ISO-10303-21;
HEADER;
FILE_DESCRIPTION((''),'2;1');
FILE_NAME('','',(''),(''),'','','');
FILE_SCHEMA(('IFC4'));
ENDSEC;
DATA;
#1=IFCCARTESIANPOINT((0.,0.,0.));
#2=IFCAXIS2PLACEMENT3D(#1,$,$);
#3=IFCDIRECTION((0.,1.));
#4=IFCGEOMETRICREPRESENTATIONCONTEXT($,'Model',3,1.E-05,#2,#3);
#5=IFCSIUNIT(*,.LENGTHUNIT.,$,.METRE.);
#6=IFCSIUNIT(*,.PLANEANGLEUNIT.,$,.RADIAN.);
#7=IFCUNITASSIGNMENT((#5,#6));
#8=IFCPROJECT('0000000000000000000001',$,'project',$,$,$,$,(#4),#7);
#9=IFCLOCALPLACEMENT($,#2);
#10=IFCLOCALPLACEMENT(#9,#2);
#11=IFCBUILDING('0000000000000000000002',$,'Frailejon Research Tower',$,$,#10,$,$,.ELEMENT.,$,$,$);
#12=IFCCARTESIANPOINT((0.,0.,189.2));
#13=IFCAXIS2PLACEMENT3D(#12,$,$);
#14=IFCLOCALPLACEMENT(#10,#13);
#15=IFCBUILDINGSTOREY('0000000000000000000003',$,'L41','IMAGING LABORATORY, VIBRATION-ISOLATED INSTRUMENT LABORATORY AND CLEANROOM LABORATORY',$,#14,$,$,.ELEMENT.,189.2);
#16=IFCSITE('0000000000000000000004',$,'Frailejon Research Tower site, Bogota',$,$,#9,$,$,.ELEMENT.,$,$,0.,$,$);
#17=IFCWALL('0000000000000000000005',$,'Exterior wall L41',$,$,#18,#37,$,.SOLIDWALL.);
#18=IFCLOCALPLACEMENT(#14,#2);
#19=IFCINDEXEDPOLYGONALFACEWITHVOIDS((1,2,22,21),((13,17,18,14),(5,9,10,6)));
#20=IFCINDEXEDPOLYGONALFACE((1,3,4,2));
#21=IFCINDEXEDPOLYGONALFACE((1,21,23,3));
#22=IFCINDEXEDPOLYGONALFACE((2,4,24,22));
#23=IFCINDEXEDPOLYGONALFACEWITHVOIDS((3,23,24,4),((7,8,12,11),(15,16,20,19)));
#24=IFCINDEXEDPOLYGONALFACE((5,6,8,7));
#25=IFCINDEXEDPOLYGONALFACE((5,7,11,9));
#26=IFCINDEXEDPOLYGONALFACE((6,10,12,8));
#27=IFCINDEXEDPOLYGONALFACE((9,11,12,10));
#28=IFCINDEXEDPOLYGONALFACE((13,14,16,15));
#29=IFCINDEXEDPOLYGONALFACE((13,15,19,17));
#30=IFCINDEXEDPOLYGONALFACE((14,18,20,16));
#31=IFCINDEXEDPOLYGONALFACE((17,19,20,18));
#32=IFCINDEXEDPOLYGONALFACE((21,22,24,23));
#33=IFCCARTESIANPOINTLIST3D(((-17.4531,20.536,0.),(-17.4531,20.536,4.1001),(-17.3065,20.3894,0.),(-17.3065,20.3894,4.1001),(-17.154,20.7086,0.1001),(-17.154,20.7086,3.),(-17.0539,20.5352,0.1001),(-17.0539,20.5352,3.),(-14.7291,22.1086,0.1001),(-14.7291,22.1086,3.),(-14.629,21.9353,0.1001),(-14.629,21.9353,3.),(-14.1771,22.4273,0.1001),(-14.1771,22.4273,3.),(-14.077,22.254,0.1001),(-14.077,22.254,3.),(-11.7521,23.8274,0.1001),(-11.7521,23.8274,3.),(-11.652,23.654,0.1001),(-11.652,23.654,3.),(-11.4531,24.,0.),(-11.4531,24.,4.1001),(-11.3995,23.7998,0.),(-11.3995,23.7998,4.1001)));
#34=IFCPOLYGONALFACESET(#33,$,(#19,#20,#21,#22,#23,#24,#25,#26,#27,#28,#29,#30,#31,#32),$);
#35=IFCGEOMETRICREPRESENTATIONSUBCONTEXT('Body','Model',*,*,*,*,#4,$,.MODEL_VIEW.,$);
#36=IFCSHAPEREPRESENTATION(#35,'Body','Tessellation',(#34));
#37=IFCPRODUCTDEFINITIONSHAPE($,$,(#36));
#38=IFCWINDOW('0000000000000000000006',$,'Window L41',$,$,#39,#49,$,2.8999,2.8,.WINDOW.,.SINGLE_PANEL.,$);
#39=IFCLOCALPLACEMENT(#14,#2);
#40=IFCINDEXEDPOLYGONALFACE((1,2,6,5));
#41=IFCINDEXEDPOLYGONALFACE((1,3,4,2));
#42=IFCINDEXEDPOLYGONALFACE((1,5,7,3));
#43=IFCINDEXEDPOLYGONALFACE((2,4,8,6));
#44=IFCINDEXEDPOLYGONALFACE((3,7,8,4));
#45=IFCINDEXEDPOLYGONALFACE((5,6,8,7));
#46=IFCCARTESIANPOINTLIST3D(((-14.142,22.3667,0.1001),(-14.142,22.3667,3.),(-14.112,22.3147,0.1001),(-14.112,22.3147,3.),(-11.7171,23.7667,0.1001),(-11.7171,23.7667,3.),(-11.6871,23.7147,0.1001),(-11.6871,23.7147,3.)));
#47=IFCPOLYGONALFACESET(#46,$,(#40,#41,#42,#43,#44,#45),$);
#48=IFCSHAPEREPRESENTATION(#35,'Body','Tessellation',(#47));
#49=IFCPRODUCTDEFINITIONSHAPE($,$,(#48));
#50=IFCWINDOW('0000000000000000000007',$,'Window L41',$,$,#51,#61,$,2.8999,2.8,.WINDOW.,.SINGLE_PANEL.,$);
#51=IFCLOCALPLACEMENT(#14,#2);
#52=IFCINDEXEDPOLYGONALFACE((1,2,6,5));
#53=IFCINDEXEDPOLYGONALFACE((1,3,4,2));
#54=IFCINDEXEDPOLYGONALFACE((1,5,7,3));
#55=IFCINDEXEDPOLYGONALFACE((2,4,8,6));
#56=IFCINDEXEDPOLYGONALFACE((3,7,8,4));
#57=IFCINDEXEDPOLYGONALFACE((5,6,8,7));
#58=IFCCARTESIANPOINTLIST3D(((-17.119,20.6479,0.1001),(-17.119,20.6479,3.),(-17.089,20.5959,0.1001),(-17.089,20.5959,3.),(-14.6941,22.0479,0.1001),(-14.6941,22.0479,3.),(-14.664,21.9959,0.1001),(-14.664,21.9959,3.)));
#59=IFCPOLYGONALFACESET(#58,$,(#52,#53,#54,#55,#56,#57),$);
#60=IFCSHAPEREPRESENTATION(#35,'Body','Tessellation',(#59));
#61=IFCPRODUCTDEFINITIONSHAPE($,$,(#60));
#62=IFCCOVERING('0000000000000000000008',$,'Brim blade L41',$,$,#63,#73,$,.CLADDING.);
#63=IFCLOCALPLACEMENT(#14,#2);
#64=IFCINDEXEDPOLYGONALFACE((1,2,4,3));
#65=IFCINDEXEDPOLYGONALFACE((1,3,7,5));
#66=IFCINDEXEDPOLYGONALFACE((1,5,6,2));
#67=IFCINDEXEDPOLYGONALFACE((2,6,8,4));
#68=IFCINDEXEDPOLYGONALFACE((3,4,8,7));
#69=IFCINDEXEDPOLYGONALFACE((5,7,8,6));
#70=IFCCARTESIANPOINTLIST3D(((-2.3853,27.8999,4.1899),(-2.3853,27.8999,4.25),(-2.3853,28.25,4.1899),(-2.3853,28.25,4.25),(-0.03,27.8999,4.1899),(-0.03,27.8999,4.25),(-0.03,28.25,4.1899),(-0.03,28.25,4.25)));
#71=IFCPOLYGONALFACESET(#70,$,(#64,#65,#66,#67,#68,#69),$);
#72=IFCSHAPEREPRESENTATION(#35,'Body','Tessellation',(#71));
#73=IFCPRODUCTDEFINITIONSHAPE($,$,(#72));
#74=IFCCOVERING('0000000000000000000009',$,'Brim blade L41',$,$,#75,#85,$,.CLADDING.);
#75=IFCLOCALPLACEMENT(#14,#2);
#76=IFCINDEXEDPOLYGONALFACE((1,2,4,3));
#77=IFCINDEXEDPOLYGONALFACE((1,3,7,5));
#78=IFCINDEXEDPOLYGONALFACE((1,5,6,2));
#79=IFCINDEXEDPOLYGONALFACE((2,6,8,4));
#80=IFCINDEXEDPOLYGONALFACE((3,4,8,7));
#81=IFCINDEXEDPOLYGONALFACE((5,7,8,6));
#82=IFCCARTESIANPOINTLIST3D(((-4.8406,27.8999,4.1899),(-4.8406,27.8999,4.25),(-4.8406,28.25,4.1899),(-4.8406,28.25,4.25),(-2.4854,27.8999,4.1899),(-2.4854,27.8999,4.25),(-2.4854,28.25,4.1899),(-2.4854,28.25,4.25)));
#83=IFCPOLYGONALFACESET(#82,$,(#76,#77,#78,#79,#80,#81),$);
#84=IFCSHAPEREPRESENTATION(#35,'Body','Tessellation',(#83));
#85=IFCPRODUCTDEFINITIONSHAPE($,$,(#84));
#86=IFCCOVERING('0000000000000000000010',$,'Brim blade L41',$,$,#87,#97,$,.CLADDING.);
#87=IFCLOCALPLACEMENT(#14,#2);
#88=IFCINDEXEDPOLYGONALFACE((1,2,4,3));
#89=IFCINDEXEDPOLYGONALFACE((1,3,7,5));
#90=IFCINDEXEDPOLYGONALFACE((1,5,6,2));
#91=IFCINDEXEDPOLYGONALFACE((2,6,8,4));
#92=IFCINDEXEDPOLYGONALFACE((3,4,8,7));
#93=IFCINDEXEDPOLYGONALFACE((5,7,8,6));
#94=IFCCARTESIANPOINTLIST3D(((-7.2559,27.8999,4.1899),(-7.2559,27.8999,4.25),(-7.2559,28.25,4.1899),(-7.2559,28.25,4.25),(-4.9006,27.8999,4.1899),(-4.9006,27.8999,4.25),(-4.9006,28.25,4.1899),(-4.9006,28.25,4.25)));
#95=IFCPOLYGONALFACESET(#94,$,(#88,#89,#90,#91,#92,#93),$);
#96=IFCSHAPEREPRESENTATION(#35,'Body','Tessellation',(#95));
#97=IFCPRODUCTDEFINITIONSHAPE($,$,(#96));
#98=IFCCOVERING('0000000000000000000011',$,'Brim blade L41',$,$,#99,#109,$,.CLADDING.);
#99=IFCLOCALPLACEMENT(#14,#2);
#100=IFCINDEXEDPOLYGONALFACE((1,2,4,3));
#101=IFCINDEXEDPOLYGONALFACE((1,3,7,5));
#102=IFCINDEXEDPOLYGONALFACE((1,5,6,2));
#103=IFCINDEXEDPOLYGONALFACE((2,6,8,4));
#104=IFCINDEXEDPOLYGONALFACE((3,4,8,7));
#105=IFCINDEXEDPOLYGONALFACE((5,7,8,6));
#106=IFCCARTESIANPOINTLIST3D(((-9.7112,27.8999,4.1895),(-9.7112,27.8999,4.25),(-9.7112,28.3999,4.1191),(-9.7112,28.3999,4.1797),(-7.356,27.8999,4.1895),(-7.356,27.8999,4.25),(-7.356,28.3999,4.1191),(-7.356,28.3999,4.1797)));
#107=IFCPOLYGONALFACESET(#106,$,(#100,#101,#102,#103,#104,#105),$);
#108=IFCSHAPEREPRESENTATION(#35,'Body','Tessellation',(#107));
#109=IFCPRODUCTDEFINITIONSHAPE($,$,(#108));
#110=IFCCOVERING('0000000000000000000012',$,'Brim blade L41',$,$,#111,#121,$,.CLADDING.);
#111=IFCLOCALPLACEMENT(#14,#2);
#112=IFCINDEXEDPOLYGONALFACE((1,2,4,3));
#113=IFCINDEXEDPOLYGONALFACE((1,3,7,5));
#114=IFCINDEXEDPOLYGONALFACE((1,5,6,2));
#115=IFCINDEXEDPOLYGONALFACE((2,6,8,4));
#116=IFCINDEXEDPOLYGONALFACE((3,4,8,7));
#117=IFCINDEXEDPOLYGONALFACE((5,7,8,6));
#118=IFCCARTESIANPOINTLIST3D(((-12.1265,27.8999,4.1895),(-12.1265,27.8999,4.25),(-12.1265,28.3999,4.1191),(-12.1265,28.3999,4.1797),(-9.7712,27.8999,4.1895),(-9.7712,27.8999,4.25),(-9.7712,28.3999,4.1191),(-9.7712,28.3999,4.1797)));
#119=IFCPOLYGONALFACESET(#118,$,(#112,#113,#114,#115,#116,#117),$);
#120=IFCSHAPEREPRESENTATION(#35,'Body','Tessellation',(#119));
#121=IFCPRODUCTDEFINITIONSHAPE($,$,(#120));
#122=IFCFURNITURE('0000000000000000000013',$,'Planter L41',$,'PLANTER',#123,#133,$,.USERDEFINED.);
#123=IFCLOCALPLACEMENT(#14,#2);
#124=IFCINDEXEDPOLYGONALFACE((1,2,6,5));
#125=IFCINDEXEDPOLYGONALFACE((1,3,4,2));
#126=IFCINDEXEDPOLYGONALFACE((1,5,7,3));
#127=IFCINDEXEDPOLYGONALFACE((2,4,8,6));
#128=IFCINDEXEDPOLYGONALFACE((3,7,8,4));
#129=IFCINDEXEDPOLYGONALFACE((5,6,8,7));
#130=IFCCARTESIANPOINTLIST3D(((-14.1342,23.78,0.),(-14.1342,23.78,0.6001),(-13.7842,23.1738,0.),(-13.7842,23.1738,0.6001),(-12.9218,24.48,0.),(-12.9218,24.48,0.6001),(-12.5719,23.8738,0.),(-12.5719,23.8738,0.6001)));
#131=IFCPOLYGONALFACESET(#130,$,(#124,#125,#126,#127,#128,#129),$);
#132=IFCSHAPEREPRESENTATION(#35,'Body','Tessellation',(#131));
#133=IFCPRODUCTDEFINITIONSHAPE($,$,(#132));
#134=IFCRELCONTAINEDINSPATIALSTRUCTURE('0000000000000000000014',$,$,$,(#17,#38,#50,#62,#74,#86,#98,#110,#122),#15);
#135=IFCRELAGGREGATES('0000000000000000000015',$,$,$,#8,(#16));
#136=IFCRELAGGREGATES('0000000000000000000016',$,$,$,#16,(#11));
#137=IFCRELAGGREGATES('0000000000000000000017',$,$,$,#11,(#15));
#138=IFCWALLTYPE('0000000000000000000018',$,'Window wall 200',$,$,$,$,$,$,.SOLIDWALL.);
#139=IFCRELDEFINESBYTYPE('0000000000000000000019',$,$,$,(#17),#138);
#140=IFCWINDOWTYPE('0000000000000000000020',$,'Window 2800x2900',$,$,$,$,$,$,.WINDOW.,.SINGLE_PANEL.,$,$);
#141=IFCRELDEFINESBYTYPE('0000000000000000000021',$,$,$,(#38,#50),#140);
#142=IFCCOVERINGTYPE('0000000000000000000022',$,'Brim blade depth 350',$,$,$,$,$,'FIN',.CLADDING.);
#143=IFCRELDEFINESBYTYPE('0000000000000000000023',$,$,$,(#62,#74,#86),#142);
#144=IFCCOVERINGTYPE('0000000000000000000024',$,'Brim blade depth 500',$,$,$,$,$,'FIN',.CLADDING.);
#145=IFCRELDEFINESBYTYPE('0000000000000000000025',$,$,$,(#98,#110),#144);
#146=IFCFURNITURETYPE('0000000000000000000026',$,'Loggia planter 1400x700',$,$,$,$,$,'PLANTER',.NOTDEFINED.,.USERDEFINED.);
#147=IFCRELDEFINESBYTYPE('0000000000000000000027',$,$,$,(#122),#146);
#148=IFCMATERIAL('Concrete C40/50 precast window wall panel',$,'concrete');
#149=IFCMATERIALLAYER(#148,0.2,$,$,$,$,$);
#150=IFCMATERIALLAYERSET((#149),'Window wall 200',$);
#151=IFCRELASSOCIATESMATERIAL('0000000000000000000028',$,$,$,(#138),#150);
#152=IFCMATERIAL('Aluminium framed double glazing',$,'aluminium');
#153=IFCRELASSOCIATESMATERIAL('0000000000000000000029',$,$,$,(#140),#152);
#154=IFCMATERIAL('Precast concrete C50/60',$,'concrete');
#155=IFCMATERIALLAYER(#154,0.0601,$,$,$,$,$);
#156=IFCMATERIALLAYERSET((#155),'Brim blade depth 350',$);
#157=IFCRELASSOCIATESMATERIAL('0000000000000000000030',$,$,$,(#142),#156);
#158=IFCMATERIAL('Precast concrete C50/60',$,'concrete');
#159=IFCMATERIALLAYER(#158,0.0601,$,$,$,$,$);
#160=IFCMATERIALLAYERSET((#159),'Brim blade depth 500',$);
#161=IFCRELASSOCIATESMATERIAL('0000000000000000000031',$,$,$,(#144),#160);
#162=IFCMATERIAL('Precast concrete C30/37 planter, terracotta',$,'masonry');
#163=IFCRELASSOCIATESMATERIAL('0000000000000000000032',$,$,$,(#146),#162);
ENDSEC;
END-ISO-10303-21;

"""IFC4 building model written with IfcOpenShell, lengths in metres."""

from ifc_helpers import new_model, si_unit, direction, frame, frame_2d, origin, origin_2d, place, context, subcontext, project, spatial, polyline, rectangle, outline, extrude, material, layer, layer_set, type_object, element, fill, save


model = new_model("IFC4")

# Units and contexts
model_context = context("Model", 3, precision=1e-05, world=origin(), true_north=direction((0.0, 1.0)))
body_context = subcontext(model_context, "Body", "Model", "MODEL_VIEW")
ifc_project = project(units=[si_unit("LENGTHUNIT", "METRE"), si_unit("PLANEANGLEUNIT", "RADIAN")], contexts=[model_context])

# Site, building, storey
site_placement = place(None, origin())
site = spatial("IfcSite", under=ifc_project, at=site_placement, Name="Frailejon Research Tower site, Bogota", CompositionType="ELEMENT", RefElevation=0.0)
building_placement = place(site_placement, origin())
building = spatial("IfcBuilding", under=site, at=building_placement, Name="Frailejon Research Tower", CompositionType="ELEMENT")
storey_placement = place(building_placement, frame((0.0, 0.0, 189.2)))
storey = spatial("IfcBuildingStorey", under=building, at=storey_placement, Name="L41", Description="IMAGING LABORATORY, VIBRATION-ISOLATED INSTRUMENT LABORATORY AND CLEANROOM LABORATORY", CompositionType="ELEMENT", Elevation=189.2)

# Wall, openings, windows
ifc_material_1 = material(Name="Concrete C40/50 precast window wall panel", Category="concrete")
ifc_layer_1 = layer(ifc_material_1, 0.2)
ifc_layer_set_1 = layer_set([ifc_layer_1], Name="Window wall 200")
wall_type = type_object("IfcWallType", Name="Window wall 200", PredefinedType="SOLIDWALL", material=ifc_layer_set_1)
wall_placement = place(storey_placement, frame((-11.4263, 23.8999, 0.0), z_axis=(0.0, 0.0, 1.0), x_axis=(-0.866029, -0.499993, 0.0)))
wall = element("IfcWall", 1, at=wall_placement, inside=storey, type_object=wall_type, Name="Exterior wall L41", PredefinedType="SOLIDWALL", context=body_context, shape_type="SweptSolid", body=[
    extrude(outline(polyline([(-0.0269, -0.1001), (1.1279, -0.1001), (2.2825, -0.1001), (3.4373, -0.1001), (4.592, -0.1001), (5.7466, -0.1001), (6.9014, -0.1001), (6.8477, 0.1001), (5.7109, 0.1001), (4.574, 0.1001), (3.4373, 0.1001), (2.3005, 0.1001), (1.1636, 0.1001), (0.0269, 0.1001), (-0.0269, -0.1001)])), origin(), (0.0, 0.0, 1.0), 4.1001),
])
opening_1_placement = place(wall_placement, frame((0.3186, 0.0, 0.1001)))
opening_1 = element("IfcOpeningElement", 2, at=opening_1_placement, cuts=wall, PredefinedType="OPENING", context=body_context, shape_type="SweptSolid", body=[
    extrude(rectangle(XDim=2.8, YDim=2.8999, at=frame_2d((1.3999, 1.45))), frame((0.0, 0.1099, 0.0), z_axis=(0.0, -1.0, 0.0), x_axis=(1.0, 0.0, 0.0)), (0.0, 0.0, 1.0), 0.22),
])
opening_2_placement = place(wall_placement, frame((3.7561, 0.0, 0.1001)))
opening_2 = element("IfcOpeningElement", 3, at=opening_2_placement, cuts=wall, PredefinedType="OPENING", context=body_context, shape_type="SweptSolid", body=[
    extrude(rectangle(XDim=2.8, YDim=2.8999, at=frame_2d((1.3999, 1.45))), frame((0.0, 0.1099, 0.0), z_axis=(0.0, -1.0, 0.0), x_axis=(1.0, 0.0, 0.0)), (0.0, 0.0, 1.0), 0.22),
])
ifc_material_2 = material(Name="Aluminium framed double glazing", Category="aluminium")
window_type = type_object("IfcWindowType", Name="Window 2800x2900", PartitioningType="SINGLE_PANEL", PredefinedType="WINDOW", material=ifc_material_2)
window_1_placement = place(opening_1_placement, origin())
window_1 = element("IfcWindow", 4, at=window_1_placement, inside=storey, type_object=window_type, Name="Window L41", OverallHeight=2.8999, OverallWidth=2.8, PartitioningType="SINGLE_PANEL", PredefinedType="WINDOW", context=body_context, shape_type="SweptSolid", body=[
    extrude(rectangle(XDim=2.8, YDim=2.8999, at=frame_2d((1.3999, 1.45))), frame((0.0, 0.03, 0.0), z_axis=(0.0, -1.0, 0.0), x_axis=(1.0, 0.0, 0.0)), (0.0, 0.0, 1.0), 0.0601),
])
fill(opening_1, window_1)
window_2_placement = place(opening_2_placement, origin())
window_2 = element("IfcWindow", 5, at=window_2_placement, inside=storey, type_object=window_type, Name="Window L41", OverallHeight=2.8999, OverallWidth=2.8, PartitioningType="SINGLE_PANEL", PredefinedType="WINDOW", context=body_context, shape_type="SweptSolid", body=[
    extrude(rectangle(XDim=2.8, YDim=2.8999, at=frame_2d((1.3999, 1.45))), frame((0.0, 0.03, 0.0), z_axis=(0.0, -1.0, 0.0), x_axis=(1.0, 0.0, 0.0)), (0.0, 0.0, 1.0), 0.0601),
])
fill(opening_2, window_2)

# Coverings
ifc_material_3 = material(Name="Precast concrete C50/60", Category="concrete")
ifc_layer_2 = layer(ifc_material_3, 0.0601)
ifc_layer_set_2 = layer_set([ifc_layer_2], Name="Brim blade depth 350")
covering_type_1 = type_object("IfcCoveringType", Name="Brim blade depth 350", ElementType="FIN", PredefinedType="CLADDING", material=ifc_layer_set_2)
for number, where, z_axis, x_axis, name in (
    (6, (-2.3853, 27.8999, 4.25), (1.0, 0.0, 0.0), (0.0, 1.0, 0.0), "Brim blade L41"),
    (7, (-4.8406, 27.8999, 4.25), (1.0, 0.0, 0.0), (0.0, 1.0, 0.0), "Brim blade L41"),
    (8, (-7.2559, 27.8999, 4.25), (1.0, 0.0, 0.0), (0.0, 1.0, 0.0), "Brim blade L41"),
):
    element("IfcCovering", number, at=place(storey_placement, frame(where, z_axis=z_axis, x_axis=x_axis)), inside=storey, type_object=covering_type_1, Name=name, PredefinedType="CLADDING", context=body_context, shape_type="SweptSolid", body=[
        extrude(outline(polyline([(0.0, -0.0601), (0.3501, -0.0601), (0.3501, 0.0), (0.0, 0.0), (0.0, -0.0601)])), origin(), (0.0, 0.0, 1.0), 2.3552),
    ])
ifc_material_4 = material(Name="Precast concrete C50/60", Category="concrete")
ifc_layer_3 = layer(ifc_material_4, 0.0601)
ifc_layer_set_3 = layer_set([ifc_layer_3], Name="Brim blade depth 500")
covering_type_2 = type_object("IfcCoveringType", Name="Brim blade depth 500", ElementType="FIN", PredefinedType="CLADDING", material=ifc_layer_set_3)
for number, where, z_axis, x_axis, name in (
    (9, (-9.7112, 27.8999, 4.25), (1.0, 0.0, 0.0), (0.0, 1.0, 0.0), "Brim blade L41"),
    (10, (-12.1265, 27.8999, 4.25), (1.0, 0.0, 0.0), (0.0, 1.0, 0.0), "Brim blade L41"),
):
    element("IfcCovering", number, at=place(storey_placement, frame(where, z_axis=z_axis, x_axis=x_axis)), inside=storey, type_object=covering_type_2, Name=name, PredefinedType="CLADDING", context=body_context, shape_type="SweptSolid", body=[
        extrude(outline(polyline([(0.0, -0.0605), (0.5, -0.1309), (0.5, -0.0703), (0.0, 0.0), (0.0, -0.0605)])), origin(), (0.0, 0.0, 1.0), 2.3552),
    ])

# Furniture
ifc_material_5 = material(Name="Precast concrete C30/37 planter, terracotta", Category="masonry")
furniture_type = type_object("IfcFurnitureType", Name="Loggia planter 1400x700", ElementType="PLANTER", AssemblyPlace="NOTDEFINED", PredefinedType="USERDEFINED", material=ifc_material_5)
furniture_placement = place(storey_placement, frame((-13.353, 23.8269, 0.0), z_axis=(0.0, 0.0, 1.0), x_axis=(-0.866025, -0.5, 0.0)))
element("IfcFurniture", 11, at=furniture_placement, inside=storey, type_object=furniture_type, Name="Planter L41", ObjectType="PLANTER", PredefinedType="USERDEFINED", context=body_context, shape_type="SweptSolid", body=[
    extrude(rectangle(XDim=1.3999, YDim=0.7, at=origin_2d()), origin(), (0.0, 0.0, 1.0), 0.6001),
])

save(model, "model.ifc")
